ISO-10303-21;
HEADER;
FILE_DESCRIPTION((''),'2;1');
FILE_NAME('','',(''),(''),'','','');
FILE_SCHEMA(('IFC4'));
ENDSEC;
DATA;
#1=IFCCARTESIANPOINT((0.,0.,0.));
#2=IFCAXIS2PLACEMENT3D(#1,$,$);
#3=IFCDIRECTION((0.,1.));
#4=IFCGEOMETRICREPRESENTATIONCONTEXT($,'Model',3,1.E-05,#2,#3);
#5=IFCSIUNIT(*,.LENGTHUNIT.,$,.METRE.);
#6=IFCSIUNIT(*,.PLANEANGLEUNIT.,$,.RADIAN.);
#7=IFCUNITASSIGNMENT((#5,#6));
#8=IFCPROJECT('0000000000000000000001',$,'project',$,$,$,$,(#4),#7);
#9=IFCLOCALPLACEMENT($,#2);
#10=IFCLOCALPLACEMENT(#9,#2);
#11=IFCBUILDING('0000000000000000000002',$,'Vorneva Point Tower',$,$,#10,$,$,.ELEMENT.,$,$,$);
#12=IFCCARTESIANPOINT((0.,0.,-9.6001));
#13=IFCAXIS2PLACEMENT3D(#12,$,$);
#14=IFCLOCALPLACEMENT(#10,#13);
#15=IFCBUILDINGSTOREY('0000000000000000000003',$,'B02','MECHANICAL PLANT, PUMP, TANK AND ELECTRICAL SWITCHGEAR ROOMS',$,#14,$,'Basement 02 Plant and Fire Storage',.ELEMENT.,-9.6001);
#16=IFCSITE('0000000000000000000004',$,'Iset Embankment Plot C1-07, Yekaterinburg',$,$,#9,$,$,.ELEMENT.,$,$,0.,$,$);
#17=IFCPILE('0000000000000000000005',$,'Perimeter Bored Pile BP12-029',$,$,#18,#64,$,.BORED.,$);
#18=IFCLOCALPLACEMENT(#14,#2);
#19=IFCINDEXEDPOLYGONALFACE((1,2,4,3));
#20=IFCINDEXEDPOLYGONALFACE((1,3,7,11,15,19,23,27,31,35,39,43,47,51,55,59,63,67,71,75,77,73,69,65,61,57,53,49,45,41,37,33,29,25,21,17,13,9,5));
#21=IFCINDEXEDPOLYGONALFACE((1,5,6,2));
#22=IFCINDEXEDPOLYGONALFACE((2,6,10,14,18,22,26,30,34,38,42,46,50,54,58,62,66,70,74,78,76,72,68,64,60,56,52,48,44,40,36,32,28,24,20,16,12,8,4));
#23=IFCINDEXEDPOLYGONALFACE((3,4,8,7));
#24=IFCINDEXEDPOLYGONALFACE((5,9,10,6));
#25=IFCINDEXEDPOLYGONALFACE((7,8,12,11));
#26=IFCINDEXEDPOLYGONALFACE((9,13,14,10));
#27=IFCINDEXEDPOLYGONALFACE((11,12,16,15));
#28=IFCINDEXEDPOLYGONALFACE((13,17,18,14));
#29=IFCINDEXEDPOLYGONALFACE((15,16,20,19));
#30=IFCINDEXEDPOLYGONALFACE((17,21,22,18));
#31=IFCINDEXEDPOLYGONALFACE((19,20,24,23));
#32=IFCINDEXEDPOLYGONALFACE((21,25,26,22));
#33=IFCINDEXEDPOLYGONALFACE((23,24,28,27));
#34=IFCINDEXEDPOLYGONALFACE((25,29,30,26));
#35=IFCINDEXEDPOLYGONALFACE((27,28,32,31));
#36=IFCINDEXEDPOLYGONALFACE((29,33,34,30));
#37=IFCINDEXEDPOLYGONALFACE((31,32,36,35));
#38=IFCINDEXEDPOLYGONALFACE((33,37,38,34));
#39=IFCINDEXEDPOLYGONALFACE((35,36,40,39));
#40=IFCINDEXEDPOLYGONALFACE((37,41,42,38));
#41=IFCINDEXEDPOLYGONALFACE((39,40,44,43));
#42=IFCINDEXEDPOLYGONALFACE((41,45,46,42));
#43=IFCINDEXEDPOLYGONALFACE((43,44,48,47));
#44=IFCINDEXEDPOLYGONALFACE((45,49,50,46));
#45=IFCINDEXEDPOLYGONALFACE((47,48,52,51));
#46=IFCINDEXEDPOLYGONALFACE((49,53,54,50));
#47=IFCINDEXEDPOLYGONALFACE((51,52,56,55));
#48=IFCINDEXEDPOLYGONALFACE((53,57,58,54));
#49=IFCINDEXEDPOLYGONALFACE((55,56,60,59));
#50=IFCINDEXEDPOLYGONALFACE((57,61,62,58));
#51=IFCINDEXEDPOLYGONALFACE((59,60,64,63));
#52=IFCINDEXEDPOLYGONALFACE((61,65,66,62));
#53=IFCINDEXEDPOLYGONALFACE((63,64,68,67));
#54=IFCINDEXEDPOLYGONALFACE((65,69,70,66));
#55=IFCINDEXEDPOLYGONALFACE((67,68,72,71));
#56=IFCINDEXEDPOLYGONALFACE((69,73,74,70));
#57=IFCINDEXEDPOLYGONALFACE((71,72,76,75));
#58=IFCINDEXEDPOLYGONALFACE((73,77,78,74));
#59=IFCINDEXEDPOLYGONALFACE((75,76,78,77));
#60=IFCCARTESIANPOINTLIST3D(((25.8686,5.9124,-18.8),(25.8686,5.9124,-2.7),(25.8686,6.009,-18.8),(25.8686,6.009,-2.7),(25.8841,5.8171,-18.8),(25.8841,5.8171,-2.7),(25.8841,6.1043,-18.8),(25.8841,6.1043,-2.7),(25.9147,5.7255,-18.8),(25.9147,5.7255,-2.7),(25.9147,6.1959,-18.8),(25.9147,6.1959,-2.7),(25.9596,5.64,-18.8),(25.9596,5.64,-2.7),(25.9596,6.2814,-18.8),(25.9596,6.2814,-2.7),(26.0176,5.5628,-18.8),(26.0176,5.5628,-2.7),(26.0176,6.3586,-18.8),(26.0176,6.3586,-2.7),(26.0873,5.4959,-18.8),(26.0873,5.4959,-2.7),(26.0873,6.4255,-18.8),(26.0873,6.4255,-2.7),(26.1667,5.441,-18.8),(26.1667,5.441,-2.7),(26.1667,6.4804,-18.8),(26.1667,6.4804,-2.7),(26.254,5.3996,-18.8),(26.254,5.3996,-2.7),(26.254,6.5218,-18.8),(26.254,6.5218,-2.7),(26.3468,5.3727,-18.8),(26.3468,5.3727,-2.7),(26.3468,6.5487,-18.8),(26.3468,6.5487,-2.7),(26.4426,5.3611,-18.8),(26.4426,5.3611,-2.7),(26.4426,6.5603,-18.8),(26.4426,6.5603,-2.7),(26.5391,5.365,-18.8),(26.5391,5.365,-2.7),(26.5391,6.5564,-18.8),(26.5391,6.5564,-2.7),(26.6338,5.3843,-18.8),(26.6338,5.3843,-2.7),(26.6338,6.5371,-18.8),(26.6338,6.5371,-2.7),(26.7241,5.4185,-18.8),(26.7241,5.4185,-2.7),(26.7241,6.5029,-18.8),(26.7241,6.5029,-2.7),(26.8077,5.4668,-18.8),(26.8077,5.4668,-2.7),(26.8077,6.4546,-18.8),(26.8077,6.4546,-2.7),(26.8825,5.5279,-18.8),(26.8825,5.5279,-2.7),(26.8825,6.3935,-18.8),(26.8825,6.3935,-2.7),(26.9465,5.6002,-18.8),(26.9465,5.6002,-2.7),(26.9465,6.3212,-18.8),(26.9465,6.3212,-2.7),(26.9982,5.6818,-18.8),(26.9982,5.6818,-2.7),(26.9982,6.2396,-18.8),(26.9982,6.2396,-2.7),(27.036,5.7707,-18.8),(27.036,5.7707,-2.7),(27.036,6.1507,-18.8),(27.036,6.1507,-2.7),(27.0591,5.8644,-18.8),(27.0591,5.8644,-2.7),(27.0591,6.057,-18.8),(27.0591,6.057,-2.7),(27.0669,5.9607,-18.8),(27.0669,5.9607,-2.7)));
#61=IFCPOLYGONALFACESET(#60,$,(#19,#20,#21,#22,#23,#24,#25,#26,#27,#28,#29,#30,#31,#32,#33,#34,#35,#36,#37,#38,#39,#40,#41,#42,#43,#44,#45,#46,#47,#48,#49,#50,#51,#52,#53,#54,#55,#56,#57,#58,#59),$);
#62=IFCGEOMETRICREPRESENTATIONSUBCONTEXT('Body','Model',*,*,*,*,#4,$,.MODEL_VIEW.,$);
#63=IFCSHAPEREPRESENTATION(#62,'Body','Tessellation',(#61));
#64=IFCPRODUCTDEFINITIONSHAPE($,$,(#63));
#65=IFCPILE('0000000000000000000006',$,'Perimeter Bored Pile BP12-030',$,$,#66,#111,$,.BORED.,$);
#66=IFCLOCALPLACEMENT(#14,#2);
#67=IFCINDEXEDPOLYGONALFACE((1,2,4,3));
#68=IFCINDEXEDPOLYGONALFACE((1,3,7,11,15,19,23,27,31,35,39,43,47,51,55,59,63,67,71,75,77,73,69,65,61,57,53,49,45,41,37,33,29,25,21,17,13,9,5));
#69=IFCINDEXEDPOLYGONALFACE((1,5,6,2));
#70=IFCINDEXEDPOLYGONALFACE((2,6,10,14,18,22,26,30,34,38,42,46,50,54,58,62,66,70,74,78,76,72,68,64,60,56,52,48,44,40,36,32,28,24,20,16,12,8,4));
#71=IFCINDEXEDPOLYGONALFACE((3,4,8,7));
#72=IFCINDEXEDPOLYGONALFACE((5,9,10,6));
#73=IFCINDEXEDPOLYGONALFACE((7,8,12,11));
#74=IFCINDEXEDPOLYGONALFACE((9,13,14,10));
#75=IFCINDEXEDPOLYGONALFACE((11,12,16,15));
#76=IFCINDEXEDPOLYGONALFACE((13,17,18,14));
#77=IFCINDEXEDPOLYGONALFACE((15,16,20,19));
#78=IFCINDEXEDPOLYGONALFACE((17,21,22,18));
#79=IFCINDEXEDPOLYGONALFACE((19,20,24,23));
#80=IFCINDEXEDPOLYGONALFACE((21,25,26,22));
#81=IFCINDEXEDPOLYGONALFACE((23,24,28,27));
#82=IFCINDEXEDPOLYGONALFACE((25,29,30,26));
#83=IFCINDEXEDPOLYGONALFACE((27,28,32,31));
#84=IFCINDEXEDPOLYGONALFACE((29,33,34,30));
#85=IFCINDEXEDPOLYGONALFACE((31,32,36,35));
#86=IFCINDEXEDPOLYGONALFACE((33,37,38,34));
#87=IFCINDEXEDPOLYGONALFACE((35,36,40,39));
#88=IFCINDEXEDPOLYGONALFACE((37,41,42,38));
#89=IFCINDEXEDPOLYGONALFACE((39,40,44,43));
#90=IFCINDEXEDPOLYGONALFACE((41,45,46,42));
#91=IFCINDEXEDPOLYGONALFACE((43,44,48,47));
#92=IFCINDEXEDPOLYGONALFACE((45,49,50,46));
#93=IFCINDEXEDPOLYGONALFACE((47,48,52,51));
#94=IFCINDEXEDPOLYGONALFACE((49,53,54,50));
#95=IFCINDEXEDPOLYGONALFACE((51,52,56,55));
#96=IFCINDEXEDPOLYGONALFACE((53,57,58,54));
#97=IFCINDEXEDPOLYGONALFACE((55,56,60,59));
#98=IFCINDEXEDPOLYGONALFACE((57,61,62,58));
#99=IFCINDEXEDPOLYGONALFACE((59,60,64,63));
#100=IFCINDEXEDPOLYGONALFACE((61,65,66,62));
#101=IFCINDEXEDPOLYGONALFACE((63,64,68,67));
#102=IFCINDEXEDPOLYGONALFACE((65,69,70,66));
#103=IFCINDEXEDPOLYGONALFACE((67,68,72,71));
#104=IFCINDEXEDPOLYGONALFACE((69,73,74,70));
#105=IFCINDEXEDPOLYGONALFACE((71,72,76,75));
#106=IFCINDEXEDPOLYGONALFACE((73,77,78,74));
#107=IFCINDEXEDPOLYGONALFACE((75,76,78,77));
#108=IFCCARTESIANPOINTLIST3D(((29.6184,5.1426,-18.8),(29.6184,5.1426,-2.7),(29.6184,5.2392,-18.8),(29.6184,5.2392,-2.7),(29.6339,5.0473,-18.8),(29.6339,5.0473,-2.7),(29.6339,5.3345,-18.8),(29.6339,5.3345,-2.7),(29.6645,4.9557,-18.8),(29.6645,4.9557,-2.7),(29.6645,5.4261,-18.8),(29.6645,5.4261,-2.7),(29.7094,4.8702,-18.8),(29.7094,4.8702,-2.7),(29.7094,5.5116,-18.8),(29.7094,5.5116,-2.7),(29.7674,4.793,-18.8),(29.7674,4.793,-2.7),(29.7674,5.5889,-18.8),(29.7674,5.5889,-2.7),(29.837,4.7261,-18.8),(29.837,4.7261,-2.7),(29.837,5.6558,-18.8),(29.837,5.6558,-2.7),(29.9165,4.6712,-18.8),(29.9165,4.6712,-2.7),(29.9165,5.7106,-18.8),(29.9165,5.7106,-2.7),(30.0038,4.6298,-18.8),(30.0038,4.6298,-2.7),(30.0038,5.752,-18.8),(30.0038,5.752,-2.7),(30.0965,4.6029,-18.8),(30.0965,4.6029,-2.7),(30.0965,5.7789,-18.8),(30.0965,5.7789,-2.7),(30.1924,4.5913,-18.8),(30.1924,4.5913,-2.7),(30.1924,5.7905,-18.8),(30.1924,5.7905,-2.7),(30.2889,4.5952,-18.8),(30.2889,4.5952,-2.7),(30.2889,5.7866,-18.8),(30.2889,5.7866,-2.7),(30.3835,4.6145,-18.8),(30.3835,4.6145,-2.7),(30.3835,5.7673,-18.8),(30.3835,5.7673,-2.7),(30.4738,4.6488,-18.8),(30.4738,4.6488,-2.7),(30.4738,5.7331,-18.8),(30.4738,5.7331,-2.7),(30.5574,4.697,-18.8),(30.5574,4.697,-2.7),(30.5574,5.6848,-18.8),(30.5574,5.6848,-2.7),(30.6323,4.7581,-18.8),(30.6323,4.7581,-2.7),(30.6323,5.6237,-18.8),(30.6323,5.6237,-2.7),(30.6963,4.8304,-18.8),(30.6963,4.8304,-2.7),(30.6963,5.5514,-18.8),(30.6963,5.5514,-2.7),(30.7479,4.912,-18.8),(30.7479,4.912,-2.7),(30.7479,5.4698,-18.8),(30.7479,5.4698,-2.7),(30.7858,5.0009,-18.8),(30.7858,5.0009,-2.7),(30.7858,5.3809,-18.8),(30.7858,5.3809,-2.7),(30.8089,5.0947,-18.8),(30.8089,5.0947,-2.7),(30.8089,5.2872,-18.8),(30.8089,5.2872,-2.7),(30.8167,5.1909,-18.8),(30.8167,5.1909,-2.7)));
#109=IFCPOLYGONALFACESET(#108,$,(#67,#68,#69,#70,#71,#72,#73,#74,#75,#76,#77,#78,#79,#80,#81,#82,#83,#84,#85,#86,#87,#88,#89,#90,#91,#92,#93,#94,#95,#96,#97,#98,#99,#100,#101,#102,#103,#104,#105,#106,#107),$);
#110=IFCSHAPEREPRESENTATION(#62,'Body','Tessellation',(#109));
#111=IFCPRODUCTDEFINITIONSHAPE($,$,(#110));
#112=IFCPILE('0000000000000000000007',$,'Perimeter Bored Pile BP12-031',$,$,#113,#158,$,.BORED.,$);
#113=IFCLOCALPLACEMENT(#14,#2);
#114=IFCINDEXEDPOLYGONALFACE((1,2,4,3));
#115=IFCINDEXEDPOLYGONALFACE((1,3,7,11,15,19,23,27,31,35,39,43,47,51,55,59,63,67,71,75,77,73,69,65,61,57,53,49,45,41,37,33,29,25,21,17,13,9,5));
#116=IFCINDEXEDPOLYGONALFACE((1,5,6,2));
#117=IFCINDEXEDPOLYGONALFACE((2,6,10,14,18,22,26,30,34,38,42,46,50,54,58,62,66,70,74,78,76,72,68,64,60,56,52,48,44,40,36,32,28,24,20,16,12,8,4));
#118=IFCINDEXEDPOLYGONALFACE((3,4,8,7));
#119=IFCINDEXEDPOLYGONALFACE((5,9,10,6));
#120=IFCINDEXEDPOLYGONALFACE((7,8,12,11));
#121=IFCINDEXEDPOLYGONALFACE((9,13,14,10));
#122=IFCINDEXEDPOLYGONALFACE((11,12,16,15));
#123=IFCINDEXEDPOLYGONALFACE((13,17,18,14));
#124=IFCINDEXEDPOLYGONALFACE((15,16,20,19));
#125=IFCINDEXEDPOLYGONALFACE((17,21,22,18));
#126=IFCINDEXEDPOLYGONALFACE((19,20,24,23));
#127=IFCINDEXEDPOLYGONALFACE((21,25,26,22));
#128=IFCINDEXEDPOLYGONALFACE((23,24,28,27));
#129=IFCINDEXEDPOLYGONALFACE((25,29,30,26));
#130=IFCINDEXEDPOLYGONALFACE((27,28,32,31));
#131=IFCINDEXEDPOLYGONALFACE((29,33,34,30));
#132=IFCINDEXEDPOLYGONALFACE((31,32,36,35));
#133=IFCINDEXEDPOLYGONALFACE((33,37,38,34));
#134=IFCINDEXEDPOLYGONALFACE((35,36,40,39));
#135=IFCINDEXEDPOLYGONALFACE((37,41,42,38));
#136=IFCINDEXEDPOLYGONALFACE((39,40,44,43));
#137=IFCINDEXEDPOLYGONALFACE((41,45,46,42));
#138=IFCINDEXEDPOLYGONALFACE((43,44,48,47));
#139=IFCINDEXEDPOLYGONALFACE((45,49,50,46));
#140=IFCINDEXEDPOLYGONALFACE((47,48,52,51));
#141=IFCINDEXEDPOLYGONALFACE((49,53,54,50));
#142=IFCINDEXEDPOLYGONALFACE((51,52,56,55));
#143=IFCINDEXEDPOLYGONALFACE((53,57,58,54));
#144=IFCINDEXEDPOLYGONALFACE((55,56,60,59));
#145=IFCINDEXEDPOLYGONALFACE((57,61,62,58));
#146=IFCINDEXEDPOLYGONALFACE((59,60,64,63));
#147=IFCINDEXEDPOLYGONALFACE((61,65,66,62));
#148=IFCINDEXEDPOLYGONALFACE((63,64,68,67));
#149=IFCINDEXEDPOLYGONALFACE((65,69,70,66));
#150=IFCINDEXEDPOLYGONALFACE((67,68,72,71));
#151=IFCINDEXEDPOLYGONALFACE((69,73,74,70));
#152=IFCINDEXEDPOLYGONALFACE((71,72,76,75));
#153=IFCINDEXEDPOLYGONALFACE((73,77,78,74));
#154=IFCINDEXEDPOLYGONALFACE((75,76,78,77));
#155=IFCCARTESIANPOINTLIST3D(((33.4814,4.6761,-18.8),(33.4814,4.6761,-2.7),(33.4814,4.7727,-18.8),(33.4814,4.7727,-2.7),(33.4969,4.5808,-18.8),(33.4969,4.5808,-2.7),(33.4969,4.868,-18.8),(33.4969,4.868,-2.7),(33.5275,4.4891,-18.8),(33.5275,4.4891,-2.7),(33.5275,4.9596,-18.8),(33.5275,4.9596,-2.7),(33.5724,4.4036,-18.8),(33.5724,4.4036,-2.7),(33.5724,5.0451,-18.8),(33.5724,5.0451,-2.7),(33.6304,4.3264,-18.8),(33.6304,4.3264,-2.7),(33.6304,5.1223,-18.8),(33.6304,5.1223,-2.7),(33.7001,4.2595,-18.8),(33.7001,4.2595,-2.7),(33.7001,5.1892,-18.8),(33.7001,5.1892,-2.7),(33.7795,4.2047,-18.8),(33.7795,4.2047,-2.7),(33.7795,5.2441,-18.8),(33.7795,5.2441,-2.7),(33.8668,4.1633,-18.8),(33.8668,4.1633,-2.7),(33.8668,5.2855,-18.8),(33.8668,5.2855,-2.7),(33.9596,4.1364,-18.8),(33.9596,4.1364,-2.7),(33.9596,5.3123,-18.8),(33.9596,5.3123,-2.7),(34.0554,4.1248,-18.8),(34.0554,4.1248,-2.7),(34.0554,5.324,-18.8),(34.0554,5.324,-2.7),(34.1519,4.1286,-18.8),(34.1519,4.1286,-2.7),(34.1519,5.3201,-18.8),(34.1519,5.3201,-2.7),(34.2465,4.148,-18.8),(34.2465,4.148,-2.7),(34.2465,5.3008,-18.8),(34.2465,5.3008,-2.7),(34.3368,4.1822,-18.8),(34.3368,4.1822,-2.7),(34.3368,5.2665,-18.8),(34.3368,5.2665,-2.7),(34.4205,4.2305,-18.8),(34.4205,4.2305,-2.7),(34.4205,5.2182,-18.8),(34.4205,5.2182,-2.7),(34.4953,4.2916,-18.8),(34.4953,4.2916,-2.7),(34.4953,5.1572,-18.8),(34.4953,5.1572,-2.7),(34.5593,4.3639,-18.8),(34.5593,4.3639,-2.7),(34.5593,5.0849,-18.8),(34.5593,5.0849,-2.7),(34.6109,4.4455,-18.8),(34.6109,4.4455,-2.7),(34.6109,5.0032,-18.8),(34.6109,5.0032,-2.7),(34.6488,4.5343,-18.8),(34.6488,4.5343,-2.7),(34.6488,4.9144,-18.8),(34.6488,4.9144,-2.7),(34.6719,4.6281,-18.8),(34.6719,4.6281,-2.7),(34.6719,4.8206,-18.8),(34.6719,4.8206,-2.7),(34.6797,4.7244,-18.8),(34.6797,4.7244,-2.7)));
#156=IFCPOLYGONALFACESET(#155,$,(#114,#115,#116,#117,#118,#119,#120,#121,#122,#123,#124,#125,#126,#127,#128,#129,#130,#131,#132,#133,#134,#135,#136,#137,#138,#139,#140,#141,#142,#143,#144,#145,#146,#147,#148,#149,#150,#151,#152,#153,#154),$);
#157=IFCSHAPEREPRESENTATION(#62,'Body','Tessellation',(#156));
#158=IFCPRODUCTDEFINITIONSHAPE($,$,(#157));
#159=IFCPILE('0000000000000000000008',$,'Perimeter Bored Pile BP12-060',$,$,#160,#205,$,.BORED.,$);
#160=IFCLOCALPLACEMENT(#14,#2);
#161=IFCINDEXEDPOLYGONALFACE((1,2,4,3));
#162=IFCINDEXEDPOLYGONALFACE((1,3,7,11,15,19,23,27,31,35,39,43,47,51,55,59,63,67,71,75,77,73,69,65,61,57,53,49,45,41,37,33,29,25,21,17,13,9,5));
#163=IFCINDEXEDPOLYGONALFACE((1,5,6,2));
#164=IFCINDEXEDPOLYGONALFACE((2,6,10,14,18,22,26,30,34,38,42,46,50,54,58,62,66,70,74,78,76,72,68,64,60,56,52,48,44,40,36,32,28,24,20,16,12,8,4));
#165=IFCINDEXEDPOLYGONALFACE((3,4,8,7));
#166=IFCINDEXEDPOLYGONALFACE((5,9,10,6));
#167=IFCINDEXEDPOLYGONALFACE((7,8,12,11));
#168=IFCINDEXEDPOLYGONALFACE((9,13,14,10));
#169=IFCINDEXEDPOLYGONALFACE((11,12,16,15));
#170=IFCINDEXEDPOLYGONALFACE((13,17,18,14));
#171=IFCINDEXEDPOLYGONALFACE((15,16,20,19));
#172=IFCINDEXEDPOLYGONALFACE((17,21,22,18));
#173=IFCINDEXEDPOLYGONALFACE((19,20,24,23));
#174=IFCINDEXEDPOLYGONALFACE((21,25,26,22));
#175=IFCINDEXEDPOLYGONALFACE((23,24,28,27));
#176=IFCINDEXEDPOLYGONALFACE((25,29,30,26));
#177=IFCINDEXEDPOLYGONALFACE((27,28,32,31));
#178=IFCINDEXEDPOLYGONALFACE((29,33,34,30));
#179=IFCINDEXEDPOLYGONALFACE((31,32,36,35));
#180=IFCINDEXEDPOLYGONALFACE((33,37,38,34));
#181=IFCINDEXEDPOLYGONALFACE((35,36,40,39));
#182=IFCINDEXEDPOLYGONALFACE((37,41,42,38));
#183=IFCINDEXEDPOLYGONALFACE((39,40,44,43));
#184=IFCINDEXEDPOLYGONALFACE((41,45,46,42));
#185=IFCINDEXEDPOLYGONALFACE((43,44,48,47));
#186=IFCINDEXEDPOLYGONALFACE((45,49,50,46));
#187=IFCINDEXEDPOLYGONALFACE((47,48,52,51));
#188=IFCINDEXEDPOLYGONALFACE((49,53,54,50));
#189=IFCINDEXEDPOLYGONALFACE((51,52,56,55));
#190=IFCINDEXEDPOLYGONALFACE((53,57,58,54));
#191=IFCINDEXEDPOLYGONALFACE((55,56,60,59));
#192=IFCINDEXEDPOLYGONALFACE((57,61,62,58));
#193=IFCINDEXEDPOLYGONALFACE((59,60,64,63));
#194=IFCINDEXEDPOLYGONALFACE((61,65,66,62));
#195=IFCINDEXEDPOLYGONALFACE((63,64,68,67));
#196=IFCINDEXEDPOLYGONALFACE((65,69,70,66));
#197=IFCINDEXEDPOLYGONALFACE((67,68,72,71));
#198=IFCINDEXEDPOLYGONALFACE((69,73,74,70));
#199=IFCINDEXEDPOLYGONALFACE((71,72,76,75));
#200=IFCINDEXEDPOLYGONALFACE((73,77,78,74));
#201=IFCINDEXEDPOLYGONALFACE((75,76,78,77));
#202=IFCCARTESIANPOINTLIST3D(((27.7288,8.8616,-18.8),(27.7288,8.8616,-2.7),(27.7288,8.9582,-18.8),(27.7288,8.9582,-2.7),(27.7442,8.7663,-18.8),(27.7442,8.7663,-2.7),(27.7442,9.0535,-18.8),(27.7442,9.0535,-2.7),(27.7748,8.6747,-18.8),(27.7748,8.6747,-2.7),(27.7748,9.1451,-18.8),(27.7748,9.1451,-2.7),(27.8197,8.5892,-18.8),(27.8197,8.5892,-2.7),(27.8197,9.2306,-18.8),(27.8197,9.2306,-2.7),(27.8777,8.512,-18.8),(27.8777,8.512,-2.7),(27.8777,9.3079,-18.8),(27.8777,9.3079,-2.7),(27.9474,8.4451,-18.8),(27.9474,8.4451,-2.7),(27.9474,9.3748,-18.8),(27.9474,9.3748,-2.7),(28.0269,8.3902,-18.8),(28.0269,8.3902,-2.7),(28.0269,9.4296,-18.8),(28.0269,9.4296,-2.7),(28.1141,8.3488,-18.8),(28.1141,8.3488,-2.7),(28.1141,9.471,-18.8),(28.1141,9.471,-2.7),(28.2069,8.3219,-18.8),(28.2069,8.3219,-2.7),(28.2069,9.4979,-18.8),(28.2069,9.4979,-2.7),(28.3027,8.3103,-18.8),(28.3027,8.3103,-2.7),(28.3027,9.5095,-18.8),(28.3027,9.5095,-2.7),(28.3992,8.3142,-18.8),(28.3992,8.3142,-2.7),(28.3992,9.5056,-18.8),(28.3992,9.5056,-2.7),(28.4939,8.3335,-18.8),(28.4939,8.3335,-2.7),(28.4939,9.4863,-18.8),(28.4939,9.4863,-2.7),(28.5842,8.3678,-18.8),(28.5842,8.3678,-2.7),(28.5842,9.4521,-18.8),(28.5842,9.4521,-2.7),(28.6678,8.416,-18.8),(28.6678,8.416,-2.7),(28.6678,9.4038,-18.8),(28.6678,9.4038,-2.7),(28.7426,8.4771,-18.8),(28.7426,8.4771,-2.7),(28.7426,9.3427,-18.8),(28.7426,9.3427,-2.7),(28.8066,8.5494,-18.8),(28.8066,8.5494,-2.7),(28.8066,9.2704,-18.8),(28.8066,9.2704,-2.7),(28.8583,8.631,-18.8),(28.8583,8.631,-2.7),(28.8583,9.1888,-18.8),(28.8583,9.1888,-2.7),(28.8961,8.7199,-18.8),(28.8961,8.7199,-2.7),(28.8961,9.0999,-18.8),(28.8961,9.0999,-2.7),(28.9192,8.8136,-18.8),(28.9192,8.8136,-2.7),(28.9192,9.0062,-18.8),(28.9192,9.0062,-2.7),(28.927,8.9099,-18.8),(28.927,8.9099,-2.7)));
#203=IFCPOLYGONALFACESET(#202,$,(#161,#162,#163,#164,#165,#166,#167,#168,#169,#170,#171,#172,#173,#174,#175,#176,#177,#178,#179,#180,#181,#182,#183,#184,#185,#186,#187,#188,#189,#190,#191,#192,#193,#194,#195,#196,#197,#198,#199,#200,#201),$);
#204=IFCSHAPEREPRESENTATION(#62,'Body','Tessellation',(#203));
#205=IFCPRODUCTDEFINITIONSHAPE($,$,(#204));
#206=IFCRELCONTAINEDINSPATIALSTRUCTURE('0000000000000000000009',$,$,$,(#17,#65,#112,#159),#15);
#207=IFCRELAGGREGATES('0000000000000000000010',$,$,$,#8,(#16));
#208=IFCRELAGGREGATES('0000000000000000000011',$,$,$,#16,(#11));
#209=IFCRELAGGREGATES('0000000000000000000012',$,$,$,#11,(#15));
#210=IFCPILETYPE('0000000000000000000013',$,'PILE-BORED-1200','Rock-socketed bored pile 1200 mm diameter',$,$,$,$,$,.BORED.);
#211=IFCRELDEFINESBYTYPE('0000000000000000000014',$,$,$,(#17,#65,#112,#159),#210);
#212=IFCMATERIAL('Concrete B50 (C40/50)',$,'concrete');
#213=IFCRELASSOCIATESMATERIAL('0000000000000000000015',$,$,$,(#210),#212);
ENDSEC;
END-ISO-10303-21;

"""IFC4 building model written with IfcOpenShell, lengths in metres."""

from ifc_helpers import new_model, si_unit, direction, frame, origin, origin_2d, place, context, subcontext, project, spatial, circle, extrude, material, material_profile, profile_set, type_object, element, save


model = new_model("IFC4")

# Units and contexts
model_context = context("Model", 3, precision=1e-05, world=origin(), true_north=direction((0.0, 1.0)))
body_context = subcontext(model_context, "Body", "Model", "MODEL_VIEW")
ifc_project = project(units=[si_unit("LENGTHUNIT", "METRE"), si_unit("PLANEANGLEUNIT", "RADIAN")], contexts=[model_context])

# Site, building, storey
site_placement = place(None, origin())
site = spatial("IfcSite", under=ifc_project, at=site_placement, Name="Iset Embankment Plot C1-07, Yekaterinburg", CompositionType="ELEMENT", RefElevation=0.0)
building_placement = place(site_placement, origin())
building = spatial("IfcBuilding", under=site, at=building_placement, Name="Vorneva Point Tower", CompositionType="ELEMENT")
storey_placement = place(building_placement, frame((0.0, 0.0, -9.6001)))
storey = spatial("IfcBuildingStorey", under=building, at=storey_placement, Name="B02", Description="MECHANICAL PLANT, PUMP, TANK AND ELECTRICAL SWITCHGEAR ROOMS", LongName="Basement 02 Plant and Fire Storage", CompositionType="ELEMENT", Elevation=-9.6001)

# Piles
ifc_material_1 = material(Name="Concrete B50 (C40/50)", Category="concrete")
ifc_material_profile_1 = material_profile(ifc_material_1, circle(Radius=0.6001, at=origin_2d()), Name="PILE-1200")
ifc_profile_set_1 = profile_set([ifc_material_profile_1], Name="Concrete B50 (C40/50)")
pile_type_1 = type_object("IfcPileType", Name="PILE-BORED-1200", Description="Rock-socketed bored pile 1200 mm diameter", PredefinedType="BORED", material=ifc_profile_set_1)
for number, where, z_axis, x_axis, name in (
    (1, (26.4668, 5.9607, -2.7), (0.0, 0.0, -1.0), (1.0, 0.0, 0.0), "Perimeter Bored Pile BP12-029"),
    (2, (30.2166, 5.1909, -2.7), (0.0, 0.0, -1.0), (1.0, 0.0, 0.0), "Perimeter Bored Pile BP12-030"),
    (3, (34.0796, 4.7244, -2.7), (0.0, 0.0, -1.0), (1.0, 0.0, 0.0), "Perimeter Bored Pile BP12-031"),
    (4, (28.3269, 8.9099, -2.7), (0.0, 0.0, -1.0), (1.0, 0.0, 0.0), "Perimeter Bored Pile BP12-060"),
):
    element("IfcPile", number, at=place(storey_placement, frame(where, z_axis=z_axis, x_axis=x_axis)), inside=storey, type_object=pile_type_1, Name=name, PredefinedType="BORED", context=body_context, shape_type="SweptSolid", body=[
        extrude(circle(Radius=0.6001, at=origin_2d()), origin(), (0.0, 0.0, 1.0), 16.1001),
    ])

save(model, "model.ifc")
